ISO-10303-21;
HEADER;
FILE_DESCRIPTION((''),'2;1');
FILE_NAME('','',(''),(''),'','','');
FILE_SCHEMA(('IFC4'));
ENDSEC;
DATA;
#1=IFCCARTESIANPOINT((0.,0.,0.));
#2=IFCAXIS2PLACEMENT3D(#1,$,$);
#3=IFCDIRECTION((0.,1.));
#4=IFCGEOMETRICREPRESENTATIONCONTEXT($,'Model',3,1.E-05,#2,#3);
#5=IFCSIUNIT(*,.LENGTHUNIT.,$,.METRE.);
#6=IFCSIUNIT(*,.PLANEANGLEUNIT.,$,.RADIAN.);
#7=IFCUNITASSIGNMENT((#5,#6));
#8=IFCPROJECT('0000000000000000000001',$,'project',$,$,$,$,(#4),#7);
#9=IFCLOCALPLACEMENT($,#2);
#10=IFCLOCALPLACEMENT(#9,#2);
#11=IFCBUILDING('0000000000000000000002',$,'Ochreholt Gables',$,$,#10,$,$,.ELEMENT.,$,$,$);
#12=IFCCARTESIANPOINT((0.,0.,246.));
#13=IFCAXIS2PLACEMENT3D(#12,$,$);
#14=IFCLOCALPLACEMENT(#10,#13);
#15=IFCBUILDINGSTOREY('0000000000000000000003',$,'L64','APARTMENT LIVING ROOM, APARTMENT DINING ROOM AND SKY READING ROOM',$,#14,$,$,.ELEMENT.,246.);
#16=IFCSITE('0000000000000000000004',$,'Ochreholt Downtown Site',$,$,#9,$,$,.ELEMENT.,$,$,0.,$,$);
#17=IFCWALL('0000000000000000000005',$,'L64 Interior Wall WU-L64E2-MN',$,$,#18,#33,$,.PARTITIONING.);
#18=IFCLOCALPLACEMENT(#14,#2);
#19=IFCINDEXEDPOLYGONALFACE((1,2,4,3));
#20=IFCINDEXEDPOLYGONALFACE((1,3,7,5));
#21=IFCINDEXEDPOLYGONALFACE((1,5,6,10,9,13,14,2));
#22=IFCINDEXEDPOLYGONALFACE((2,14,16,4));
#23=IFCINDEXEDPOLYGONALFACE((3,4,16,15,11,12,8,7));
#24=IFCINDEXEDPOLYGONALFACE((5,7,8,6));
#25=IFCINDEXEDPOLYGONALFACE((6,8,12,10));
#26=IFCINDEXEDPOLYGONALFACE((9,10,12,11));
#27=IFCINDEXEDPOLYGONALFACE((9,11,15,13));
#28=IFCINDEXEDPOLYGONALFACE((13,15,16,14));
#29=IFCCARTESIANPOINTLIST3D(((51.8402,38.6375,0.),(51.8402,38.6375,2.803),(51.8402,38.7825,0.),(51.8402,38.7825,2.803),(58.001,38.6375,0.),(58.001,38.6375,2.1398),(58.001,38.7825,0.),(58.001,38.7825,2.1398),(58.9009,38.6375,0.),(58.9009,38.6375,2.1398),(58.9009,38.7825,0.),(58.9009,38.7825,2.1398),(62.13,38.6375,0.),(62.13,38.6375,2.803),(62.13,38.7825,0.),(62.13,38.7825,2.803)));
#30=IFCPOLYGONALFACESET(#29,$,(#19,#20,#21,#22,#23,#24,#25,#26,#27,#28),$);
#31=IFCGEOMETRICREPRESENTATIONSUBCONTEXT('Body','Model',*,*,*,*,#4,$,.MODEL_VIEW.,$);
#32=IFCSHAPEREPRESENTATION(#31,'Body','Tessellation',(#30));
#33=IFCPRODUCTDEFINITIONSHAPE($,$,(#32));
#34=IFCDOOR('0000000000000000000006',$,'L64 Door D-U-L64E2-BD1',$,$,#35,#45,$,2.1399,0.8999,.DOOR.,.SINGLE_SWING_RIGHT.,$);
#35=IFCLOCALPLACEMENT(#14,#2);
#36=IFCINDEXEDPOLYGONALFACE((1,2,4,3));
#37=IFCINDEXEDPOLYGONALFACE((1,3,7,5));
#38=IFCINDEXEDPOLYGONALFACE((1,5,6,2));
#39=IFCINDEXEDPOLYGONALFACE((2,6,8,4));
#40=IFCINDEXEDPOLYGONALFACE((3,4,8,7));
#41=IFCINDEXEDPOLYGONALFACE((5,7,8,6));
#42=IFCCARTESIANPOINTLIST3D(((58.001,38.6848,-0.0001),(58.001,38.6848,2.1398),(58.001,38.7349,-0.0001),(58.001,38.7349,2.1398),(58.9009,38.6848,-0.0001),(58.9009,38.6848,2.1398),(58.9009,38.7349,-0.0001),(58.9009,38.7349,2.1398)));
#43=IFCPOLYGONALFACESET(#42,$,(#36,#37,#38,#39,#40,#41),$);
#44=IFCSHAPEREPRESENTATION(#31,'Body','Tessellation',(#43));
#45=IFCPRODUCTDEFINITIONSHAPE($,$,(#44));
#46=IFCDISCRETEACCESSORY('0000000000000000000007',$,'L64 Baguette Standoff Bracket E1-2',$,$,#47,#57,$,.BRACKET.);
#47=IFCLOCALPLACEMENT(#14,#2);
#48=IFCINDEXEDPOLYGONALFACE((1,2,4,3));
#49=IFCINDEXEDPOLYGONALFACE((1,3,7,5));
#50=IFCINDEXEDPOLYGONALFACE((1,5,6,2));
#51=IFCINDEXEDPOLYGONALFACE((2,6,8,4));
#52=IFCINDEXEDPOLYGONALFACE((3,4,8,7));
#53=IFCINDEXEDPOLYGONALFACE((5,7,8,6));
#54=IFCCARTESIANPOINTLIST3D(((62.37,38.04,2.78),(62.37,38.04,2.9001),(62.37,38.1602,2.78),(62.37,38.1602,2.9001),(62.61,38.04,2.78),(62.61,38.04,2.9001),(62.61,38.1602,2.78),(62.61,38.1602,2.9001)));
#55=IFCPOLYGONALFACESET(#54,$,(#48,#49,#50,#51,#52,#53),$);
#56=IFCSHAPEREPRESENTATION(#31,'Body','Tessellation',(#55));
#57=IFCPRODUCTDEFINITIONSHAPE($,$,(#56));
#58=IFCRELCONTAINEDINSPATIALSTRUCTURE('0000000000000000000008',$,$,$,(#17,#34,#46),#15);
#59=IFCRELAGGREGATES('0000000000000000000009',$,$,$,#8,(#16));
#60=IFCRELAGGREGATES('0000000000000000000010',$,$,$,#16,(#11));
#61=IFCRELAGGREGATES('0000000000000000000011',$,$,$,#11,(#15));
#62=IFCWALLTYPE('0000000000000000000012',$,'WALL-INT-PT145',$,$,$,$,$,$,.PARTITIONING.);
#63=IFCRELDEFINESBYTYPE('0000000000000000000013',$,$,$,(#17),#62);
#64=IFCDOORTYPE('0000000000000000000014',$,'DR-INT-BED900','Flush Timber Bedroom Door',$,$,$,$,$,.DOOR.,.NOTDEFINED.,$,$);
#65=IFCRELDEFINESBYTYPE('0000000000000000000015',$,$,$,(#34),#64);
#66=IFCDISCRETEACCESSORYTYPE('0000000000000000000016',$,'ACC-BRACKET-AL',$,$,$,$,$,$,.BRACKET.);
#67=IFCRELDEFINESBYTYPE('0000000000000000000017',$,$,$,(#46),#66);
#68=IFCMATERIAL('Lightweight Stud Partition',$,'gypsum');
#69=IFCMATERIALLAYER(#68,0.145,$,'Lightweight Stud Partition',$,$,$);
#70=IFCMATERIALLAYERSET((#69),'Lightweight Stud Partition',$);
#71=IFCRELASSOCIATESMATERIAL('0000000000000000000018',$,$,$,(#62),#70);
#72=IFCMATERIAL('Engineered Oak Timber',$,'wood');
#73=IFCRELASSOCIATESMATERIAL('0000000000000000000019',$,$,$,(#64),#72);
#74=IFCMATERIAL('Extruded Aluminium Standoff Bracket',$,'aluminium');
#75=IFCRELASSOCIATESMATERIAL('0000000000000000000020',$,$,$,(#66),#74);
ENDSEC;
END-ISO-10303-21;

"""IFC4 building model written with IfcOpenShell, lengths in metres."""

from ifc_helpers import new_model, si_unit, direction, frame, frame_2d, origin, origin_2d, place, context, subcontext, project, spatial, rectangle, extrude, material, layer, layer_set, type_object, element, fill, save


model = new_model("IFC4")

# Units and contexts
model_context = context("Model", 3, precision=1e-05, world=origin(), true_north=direction((0.0, 1.0)))
body_context = subcontext(model_context, "Body", "Model", "MODEL_VIEW")
ifc_project = project(units=[si_unit("LENGTHUNIT", "METRE"), si_unit("PLANEANGLEUNIT", "RADIAN")], contexts=[model_context])

# Site, building, storey
site_placement = place(None, origin())
site = spatial("IfcSite", under=ifc_project, at=site_placement, Name="Ochreholt Downtown Site", CompositionType="ELEMENT", RefElevation=0.0)
building_placement = place(site_placement, origin())
building = spatial("IfcBuilding", under=site, at=building_placement, Name="Ochreholt Gables", CompositionType="ELEMENT")
storey_placement = place(building_placement, frame((0.0, 0.0, 246.0)))
storey = spatial("IfcBuildingStorey", under=building, at=storey_placement, Name="L64", Description="APARTMENT LIVING ROOM, APARTMENT DINING ROOM AND SKY READING ROOM", CompositionType="ELEMENT", Elevation=246.0)

# Wall, opening, door
ifc_material_1 = material(Name="Lightweight Stud Partition", Category="gypsum")
ifc_layer_1 = layer(ifc_material_1, 0.145, Name="Lightweight Stud Partition")
ifc_layer_set_1 = layer_set([ifc_layer_1], Name="Lightweight Stud Partition")
wall_type_1 = type_object("IfcWallType", Name="WALL-INT-PT145", PredefinedType="PARTITIONING", material=ifc_layer_set_1)
wall_1_placement = place(storey_placement, frame((51.8401, 38.71, 0.0), z_axis=(0.0, 0.0, 1.0), x_axis=(1.0, 0.0, 0.0)))
wall_1 = element("IfcWall", 1, at=wall_1_placement, inside=storey, type_object=wall_type_1, Name="L64 Interior Wall WU-L64E2-MN", PredefinedType="PARTITIONING", context=body_context, shape_type="SweptSolid", body=[
    extrude(rectangle(XDim=10.2898, YDim=0.145, at=frame_2d((5.145, 0.0))), origin(), (0.0, 0.0, 1.0), 2.803),
])
opening_1_placement = place(wall_1_placement, frame((6.1609, 0.0, 0.0)))
opening_1 = element("IfcOpeningElement", 2, at=opening_1_placement, cuts=wall_1, PredefinedType="OPENING", context=body_context, shape_type="SweptSolid", body=[
    extrude(rectangle(XDim=0.8999, YDim=2.1399, at=frame_2d((0.45, 1.0698))), frame((0.0, 0.0825, 0.0), z_axis=(0.0, -1.0, 0.0), x_axis=(1.0, 0.0, 0.0)), (0.0, 0.0, 1.0), 0.165),
])
ifc_material_2 = material(Name="Engineered Oak Timber", Category="wood")
door_type = type_object("IfcDoorType", Name="DR-INT-BED900", Description="Flush Timber Bedroom Door", OperationType="NOTDEFINED", PredefinedType="DOOR", material=ifc_material_2)
door_placement = place(opening_1_placement, origin())
door = element("IfcDoor", 3, at=door_placement, inside=storey, type_object=door_type, Name="L64 Door D-U-L64E2-BD1", OperationType="SINGLE_SWING_RIGHT", OverallHeight=2.1399, OverallWidth=0.8999, PredefinedType="DOOR", context=body_context, shape_type="SweptSolid", body=[
    extrude(rectangle(XDim=0.8999, YDim=2.1399, at=frame_2d((0.45, 1.0698))), frame((0.0, 0.0249, 0.0), z_axis=(0.0, -1.0, 0.0), x_axis=(1.0, 0.0, 0.0)), (0.0, 0.0, 1.0), 0.05),
])
fill(opening_1, door)

# Discrete accessory
ifc_material_3 = material(Name="Extruded Aluminium Standoff Bracket", Category="aluminium")
discrete_accessory_type = type_object("IfcDiscreteAccessoryType", Name="ACC-BRACKET-AL", PredefinedType="BRACKET", material=ifc_material_3)
discrete_accessory_placement = place(storey_placement, frame((62.49, 38.1001, 2.78), z_axis=(0.0, 0.0, 1.0), x_axis=(0.0, 1.0, 0.0)))
element("IfcDiscreteAccessory", 4, at=discrete_accessory_placement, inside=storey, type_object=discrete_accessory_type, Name="L64 Baguette Standoff Bracket E1-2", PredefinedType="BRACKET", context=body_context, shape_type="SweptSolid", body=[
    extrude(rectangle(XDim=0.1201, YDim=0.24, at=origin_2d()), origin(), (0.0, 0.0, 1.0), 0.1201),
])

save(model, "model.ifc")
